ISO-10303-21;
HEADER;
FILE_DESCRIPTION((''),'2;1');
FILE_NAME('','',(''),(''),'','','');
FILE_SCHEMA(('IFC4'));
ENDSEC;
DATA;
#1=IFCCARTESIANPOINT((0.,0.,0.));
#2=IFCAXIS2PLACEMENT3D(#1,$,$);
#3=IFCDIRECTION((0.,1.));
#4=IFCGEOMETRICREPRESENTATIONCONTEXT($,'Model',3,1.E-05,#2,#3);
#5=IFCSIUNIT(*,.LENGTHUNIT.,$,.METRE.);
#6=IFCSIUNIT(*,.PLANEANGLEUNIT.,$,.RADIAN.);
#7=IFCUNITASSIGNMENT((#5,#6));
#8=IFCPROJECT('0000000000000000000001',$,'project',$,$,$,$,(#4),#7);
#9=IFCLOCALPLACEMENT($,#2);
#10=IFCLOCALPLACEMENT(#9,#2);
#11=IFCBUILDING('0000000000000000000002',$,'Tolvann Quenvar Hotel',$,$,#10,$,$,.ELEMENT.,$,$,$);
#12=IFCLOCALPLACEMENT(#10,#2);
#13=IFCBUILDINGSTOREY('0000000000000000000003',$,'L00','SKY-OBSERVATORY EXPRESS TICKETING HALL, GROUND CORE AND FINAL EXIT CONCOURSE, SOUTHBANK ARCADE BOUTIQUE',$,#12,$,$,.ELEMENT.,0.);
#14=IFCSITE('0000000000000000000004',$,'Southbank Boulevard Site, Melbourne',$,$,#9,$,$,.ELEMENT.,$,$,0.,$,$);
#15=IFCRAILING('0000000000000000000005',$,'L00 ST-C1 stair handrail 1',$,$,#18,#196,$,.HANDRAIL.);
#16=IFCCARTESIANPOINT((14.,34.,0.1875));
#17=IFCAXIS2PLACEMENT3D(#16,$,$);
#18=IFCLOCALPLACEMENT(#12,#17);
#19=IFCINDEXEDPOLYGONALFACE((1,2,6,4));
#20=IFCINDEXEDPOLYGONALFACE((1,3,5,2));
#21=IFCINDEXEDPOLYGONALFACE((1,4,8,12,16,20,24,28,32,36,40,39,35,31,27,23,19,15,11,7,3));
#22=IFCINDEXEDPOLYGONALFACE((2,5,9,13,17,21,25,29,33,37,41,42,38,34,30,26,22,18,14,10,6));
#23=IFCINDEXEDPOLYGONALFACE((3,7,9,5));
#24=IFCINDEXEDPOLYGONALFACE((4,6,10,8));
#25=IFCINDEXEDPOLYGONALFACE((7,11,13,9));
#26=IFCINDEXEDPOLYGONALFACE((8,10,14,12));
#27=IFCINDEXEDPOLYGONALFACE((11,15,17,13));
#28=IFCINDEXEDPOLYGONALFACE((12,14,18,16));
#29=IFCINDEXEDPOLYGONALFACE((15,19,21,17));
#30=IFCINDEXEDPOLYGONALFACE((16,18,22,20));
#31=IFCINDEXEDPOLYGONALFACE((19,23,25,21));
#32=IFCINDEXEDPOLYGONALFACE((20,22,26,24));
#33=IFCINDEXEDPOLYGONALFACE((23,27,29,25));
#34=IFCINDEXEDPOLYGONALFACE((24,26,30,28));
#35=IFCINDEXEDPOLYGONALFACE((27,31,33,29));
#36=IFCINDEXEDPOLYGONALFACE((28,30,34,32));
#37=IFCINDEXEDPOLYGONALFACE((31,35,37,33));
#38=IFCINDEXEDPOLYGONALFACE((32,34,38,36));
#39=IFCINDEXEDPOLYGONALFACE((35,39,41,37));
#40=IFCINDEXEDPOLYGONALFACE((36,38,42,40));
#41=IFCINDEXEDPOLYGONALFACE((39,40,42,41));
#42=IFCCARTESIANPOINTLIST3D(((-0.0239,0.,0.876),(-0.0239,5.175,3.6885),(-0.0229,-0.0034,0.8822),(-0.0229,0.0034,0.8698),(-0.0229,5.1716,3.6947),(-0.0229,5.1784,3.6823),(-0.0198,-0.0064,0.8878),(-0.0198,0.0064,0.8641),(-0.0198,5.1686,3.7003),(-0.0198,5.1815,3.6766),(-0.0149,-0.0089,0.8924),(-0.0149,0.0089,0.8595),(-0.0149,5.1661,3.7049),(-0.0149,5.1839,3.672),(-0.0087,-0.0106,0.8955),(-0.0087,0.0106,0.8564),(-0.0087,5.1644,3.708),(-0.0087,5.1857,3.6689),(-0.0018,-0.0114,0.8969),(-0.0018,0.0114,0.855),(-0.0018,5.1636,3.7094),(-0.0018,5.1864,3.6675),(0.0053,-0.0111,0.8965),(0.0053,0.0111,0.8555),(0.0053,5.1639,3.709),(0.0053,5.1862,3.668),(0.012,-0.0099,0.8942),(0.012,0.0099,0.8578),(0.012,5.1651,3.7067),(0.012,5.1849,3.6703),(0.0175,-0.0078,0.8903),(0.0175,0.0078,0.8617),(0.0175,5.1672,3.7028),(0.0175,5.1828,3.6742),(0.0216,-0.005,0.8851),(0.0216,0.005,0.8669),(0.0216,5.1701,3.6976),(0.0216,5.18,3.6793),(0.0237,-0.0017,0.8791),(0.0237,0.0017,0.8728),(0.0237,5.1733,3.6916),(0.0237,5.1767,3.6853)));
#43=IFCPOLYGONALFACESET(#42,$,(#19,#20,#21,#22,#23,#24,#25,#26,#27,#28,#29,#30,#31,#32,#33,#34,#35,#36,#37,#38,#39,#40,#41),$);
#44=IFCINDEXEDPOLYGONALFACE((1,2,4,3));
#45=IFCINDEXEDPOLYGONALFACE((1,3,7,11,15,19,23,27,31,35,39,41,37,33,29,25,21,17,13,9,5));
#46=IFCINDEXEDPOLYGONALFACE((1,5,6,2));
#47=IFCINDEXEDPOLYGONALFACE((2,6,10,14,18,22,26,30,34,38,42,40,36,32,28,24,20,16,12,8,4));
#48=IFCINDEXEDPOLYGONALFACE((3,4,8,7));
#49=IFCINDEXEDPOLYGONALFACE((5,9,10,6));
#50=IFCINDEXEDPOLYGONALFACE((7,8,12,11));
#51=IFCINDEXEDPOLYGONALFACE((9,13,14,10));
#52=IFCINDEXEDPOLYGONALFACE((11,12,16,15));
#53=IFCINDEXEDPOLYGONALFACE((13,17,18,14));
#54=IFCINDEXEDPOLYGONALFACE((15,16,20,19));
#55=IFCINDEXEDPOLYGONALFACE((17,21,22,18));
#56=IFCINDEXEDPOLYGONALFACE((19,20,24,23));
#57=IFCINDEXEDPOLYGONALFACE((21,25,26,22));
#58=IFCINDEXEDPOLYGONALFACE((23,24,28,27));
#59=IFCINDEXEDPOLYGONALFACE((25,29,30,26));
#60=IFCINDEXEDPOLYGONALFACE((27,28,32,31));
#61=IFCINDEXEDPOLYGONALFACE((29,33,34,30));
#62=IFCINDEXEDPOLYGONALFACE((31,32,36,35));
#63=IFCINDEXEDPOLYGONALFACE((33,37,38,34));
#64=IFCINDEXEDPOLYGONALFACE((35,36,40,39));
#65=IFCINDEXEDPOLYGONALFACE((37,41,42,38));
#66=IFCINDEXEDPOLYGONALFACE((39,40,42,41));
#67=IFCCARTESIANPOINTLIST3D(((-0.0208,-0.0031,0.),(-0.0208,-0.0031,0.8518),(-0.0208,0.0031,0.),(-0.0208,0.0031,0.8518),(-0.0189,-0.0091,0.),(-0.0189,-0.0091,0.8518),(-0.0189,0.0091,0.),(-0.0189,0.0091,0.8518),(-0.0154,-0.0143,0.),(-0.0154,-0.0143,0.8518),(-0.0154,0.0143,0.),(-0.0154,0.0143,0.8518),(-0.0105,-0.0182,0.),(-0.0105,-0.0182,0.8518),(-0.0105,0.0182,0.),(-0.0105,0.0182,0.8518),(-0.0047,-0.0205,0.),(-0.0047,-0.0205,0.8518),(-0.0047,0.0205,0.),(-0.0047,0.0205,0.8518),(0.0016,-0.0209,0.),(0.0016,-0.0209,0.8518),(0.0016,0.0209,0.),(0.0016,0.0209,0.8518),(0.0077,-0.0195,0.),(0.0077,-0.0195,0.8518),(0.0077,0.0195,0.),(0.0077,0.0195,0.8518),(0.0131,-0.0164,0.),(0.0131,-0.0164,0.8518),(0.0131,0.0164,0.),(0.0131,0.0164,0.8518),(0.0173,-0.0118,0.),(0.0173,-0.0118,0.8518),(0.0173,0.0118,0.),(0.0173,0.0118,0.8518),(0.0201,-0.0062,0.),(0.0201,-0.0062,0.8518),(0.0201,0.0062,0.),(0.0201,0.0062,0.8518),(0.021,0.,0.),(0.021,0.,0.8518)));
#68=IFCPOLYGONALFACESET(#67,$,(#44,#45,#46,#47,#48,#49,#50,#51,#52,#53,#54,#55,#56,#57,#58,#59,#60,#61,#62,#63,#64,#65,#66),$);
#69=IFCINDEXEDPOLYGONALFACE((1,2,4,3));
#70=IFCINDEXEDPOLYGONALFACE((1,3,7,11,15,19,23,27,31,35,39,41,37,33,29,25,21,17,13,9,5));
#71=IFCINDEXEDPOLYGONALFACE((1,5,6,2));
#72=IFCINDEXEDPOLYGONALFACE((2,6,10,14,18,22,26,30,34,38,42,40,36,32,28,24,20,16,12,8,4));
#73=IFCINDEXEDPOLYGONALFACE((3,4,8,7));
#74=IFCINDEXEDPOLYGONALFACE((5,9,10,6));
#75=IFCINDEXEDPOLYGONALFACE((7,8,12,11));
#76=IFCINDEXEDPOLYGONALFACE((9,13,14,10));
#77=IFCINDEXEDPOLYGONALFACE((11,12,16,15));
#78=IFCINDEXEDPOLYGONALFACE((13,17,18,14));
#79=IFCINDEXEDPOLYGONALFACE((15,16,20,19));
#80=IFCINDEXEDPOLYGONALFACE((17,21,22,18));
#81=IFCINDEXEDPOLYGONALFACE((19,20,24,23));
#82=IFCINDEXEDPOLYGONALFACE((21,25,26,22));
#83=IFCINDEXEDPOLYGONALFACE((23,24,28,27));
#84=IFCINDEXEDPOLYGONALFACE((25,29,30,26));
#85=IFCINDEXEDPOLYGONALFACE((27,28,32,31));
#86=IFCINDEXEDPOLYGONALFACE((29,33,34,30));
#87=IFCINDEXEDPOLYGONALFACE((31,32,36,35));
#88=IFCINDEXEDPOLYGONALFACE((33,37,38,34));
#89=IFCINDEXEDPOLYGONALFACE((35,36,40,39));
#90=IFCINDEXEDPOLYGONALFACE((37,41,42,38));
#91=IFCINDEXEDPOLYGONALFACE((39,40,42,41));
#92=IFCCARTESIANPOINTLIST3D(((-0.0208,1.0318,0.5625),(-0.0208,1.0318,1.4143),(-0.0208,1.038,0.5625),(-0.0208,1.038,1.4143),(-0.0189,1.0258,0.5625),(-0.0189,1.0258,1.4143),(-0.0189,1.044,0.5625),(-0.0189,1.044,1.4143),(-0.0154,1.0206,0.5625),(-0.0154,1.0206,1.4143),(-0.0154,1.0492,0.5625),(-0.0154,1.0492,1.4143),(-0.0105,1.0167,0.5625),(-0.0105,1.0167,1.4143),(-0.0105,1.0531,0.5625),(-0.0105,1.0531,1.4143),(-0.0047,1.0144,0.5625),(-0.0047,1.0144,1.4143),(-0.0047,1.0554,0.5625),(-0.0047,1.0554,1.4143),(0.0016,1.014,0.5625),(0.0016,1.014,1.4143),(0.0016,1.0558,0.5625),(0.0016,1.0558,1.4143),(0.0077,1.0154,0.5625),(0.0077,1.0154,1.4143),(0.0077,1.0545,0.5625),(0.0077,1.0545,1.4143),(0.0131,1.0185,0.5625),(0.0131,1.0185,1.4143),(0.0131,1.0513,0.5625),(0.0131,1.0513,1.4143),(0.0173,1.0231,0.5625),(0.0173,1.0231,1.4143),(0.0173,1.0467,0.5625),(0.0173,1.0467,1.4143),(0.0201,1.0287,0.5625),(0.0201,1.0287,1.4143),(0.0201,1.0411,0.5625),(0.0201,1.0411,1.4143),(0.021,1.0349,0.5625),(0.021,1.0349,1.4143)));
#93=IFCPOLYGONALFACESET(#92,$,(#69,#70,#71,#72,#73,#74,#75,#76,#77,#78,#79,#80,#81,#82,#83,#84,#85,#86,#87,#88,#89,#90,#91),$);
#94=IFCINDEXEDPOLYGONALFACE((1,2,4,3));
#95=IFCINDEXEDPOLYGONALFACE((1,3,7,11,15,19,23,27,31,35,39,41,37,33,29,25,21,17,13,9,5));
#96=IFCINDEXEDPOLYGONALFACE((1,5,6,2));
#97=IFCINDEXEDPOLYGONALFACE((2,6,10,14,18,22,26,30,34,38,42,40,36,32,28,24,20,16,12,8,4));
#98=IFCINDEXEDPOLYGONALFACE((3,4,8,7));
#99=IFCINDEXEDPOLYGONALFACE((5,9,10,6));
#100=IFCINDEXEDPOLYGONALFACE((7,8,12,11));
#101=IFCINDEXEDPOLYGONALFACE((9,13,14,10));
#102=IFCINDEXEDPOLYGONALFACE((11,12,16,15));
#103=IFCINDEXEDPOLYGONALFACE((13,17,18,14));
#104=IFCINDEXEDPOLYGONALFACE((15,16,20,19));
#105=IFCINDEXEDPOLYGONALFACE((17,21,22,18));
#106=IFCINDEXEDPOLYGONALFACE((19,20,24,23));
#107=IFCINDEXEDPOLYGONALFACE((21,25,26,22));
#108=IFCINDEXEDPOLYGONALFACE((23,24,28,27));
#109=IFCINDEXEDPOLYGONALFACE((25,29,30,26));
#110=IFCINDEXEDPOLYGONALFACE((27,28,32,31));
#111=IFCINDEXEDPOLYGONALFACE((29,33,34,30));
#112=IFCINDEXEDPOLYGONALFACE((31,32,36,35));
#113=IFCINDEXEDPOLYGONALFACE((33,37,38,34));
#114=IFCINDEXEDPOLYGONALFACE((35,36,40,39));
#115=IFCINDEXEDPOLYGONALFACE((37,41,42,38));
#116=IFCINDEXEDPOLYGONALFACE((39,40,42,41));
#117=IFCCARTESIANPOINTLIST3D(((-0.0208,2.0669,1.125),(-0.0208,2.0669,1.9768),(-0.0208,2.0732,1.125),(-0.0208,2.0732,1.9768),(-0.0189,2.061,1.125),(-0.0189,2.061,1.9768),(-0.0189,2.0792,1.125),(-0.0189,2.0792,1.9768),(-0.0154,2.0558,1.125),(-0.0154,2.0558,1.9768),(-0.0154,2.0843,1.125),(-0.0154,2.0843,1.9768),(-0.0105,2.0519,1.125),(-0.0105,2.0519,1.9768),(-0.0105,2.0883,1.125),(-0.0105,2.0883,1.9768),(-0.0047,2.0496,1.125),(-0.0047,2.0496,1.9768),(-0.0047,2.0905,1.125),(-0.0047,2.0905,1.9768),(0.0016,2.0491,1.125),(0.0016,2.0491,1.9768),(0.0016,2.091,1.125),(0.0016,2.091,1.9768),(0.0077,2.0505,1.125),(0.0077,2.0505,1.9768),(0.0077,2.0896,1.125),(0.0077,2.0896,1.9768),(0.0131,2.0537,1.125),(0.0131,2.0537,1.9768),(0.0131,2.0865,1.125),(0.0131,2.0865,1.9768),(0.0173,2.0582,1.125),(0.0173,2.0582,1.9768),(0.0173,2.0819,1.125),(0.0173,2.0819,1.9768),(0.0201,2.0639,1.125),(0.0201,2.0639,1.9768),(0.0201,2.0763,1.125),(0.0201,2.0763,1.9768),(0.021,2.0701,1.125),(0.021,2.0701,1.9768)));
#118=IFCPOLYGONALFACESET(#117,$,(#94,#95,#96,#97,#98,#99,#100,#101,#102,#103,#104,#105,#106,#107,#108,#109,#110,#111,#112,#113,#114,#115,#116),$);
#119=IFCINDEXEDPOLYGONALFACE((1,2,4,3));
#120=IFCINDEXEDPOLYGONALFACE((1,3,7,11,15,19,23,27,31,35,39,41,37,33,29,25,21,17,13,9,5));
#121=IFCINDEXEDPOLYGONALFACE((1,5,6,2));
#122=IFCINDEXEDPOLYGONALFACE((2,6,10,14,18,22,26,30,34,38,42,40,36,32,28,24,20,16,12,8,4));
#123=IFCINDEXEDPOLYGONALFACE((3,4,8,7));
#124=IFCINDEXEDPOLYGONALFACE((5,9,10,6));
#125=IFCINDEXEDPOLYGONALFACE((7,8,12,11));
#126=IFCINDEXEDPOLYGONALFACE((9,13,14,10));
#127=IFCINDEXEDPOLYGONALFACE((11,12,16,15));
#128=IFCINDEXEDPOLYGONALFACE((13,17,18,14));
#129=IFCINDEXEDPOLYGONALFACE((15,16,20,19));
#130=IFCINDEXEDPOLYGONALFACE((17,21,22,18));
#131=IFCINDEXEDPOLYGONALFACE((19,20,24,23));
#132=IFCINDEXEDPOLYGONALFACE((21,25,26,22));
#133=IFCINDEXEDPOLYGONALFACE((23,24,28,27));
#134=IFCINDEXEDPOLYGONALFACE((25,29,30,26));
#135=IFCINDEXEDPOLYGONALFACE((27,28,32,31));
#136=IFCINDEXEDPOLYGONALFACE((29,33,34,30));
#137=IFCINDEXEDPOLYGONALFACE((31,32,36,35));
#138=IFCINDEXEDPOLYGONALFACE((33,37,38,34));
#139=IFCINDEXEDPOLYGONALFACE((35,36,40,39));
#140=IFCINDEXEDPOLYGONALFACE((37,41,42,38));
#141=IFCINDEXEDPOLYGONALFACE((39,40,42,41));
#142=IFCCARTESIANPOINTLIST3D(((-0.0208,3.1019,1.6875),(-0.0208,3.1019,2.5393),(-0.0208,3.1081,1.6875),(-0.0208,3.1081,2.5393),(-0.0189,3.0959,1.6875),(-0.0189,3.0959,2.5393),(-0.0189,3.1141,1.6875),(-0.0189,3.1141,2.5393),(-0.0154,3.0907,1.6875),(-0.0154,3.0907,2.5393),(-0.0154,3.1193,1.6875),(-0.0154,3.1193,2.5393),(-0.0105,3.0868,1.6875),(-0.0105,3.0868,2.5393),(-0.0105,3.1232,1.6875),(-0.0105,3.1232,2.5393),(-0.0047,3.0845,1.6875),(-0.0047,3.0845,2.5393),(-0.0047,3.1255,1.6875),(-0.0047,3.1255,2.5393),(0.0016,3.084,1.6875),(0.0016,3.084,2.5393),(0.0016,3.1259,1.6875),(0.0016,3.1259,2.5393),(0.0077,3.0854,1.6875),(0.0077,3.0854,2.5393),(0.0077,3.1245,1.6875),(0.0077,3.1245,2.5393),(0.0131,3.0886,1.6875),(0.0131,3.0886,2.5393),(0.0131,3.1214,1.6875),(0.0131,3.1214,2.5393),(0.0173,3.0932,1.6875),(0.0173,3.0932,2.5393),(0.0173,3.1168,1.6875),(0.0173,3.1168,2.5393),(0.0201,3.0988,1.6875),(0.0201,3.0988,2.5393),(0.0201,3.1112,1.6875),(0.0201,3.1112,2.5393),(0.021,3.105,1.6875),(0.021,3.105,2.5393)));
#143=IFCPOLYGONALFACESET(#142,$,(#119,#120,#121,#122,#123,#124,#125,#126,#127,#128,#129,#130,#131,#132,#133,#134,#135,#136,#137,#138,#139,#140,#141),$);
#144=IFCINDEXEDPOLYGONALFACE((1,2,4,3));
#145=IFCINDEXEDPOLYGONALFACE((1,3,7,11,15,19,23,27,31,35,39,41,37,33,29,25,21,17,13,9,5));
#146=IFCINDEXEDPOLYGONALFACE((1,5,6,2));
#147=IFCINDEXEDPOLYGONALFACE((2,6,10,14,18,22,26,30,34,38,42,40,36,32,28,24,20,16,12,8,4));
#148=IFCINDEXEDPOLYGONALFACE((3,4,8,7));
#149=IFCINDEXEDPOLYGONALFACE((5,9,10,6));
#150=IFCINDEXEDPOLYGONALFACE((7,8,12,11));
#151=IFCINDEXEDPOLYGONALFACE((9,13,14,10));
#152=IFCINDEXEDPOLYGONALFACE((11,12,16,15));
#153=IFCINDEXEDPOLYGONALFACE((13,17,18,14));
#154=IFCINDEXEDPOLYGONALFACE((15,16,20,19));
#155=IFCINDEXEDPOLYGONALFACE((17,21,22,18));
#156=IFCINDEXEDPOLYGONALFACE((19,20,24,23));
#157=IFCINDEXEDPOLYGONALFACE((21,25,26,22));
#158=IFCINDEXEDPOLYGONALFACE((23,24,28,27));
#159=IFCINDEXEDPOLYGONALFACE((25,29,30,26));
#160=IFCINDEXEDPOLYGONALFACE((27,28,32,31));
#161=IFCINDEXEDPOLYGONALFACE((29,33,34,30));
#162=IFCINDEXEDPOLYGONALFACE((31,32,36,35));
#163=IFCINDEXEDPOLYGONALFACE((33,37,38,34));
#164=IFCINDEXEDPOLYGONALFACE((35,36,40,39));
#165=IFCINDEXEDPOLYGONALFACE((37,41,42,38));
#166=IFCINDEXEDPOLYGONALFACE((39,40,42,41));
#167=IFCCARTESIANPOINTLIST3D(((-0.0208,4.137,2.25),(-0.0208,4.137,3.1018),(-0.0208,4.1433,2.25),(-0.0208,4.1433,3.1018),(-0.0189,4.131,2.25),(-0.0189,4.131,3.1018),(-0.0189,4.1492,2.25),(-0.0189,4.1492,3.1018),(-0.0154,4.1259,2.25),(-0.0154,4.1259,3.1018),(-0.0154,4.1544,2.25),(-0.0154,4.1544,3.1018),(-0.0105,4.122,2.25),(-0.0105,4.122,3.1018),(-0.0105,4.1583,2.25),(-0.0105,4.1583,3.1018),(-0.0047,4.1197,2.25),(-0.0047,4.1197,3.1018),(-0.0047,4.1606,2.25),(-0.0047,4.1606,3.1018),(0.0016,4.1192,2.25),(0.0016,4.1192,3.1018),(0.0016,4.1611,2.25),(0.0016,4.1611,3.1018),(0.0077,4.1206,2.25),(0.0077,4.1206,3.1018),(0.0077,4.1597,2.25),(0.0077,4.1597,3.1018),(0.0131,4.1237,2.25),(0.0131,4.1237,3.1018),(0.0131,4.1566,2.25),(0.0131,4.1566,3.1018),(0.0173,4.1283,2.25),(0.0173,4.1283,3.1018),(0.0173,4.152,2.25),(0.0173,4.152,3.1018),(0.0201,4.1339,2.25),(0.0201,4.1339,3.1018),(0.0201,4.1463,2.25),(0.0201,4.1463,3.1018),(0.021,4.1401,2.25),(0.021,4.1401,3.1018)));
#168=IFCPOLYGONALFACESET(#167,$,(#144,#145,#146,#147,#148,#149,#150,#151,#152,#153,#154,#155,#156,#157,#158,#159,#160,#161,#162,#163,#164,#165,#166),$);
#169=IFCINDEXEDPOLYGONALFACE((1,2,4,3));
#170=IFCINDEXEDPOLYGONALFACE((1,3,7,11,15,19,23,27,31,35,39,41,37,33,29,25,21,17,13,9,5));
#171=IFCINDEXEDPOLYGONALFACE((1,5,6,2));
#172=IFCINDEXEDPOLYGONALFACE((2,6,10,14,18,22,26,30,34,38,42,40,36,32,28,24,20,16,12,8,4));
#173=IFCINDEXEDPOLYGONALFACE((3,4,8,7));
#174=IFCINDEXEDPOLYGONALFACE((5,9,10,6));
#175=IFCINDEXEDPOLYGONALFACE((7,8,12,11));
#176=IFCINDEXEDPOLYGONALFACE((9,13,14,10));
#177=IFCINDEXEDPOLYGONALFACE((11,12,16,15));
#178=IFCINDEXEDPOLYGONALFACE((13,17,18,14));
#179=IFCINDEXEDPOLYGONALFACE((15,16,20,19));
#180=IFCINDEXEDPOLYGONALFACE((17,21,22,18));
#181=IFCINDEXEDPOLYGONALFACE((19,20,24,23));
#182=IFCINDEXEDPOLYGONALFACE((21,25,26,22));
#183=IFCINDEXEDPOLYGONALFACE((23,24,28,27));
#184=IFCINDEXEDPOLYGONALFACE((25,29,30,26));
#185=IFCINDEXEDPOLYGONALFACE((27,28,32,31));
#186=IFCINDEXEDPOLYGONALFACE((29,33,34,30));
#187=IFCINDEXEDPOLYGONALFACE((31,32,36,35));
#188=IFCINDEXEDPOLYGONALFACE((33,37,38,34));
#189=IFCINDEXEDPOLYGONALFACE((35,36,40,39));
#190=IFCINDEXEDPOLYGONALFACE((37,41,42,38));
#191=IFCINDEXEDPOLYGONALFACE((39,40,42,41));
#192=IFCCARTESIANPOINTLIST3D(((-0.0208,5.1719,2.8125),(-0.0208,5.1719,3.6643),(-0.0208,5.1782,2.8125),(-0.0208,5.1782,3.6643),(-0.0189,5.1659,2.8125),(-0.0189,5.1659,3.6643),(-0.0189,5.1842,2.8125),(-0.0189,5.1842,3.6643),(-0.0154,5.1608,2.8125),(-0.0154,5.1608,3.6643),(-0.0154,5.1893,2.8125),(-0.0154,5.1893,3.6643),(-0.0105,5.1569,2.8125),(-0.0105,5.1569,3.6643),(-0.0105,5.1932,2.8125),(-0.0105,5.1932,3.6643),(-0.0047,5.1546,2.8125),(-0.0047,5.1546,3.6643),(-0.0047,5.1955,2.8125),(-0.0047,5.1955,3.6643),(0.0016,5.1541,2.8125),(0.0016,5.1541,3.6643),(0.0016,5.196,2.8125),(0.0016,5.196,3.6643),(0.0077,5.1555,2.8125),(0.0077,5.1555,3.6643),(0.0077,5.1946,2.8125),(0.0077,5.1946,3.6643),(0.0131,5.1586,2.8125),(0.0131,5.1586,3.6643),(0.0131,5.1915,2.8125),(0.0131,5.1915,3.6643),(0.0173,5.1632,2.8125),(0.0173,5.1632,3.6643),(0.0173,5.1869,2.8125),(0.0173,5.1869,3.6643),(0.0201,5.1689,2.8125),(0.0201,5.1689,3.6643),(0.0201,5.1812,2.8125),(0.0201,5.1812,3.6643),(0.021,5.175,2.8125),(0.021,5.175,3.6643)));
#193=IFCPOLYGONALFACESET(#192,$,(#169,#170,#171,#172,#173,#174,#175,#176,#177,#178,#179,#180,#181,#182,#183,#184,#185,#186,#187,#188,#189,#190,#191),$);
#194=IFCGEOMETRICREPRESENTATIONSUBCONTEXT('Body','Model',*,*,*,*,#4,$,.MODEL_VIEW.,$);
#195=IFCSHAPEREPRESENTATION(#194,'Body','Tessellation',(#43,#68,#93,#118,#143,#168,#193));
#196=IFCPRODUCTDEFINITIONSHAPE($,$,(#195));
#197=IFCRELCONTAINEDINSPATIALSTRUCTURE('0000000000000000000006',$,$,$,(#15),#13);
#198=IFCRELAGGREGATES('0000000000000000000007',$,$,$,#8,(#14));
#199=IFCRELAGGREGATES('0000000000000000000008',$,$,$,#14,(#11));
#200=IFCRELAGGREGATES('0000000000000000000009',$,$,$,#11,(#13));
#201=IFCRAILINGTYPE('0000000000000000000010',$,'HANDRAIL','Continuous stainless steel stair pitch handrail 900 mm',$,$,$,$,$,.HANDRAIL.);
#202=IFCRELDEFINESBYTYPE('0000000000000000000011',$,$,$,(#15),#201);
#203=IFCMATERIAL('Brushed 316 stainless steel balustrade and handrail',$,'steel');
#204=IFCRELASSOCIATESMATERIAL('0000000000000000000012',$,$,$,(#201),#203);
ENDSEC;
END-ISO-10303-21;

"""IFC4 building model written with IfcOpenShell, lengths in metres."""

from ifc_helpers import new_model, si_unit, direction, frame, origin, origin_2d, place, context, subcontext, project, spatial, circle, extrude, material, type_object, element, save


model = new_model("IFC4")

# Units and contexts
model_context = context("Model", 3, precision=1e-05, world=origin(), true_north=direction((0.0, 1.0)))
body_context = subcontext(model_context, "Body", "Model", "MODEL_VIEW")
ifc_project = project(units=[si_unit("LENGTHUNIT", "METRE"), si_unit("PLANEANGLEUNIT", "RADIAN")], contexts=[model_context])

# Site, building, storey
site_placement = place(None, origin())
site = spatial("IfcSite", under=ifc_project, at=site_placement, Name="Southbank Boulevard Site, Melbourne", CompositionType="ELEMENT", RefElevation=0.0)
building_placement = place(site_placement, origin())
building = spatial("IfcBuilding", under=site, at=building_placement, Name="Tolvann Quenvar Hotel", CompositionType="ELEMENT")
storey_placement = place(building_placement, origin())
storey = spatial("IfcBuildingStorey", under=building, at=storey_placement, Name="L00", Description="SKY-OBSERVATORY EXPRESS TICKETING HALL, GROUND CORE AND FINAL EXIT CONCOURSE, SOUTHBANK ARCADE BOUTIQUE", CompositionType="ELEMENT", Elevation=0.0)

# Railing
ifc_material_1 = material(Name="Brushed 316 stainless steel balustrade and handrail", Category="steel")
railing_type_1 = type_object("IfcRailingType", Name="HANDRAIL", Description="Continuous stainless steel stair pitch handrail 900 mm", PredefinedType="HANDRAIL", material=ifc_material_1)
railing_1_placement = place(storey_placement, frame((14.0, 34.0, 0.1875)))
element("IfcRailing", 1, at=railing_1_placement, inside=storey, type_object=railing_type_1, Name="L00 ST-C1 stair handrail 1", PredefinedType="HANDRAIL", context=body_context, shape_type="SweptSolid", body=[
    extrude(circle(Radius=0.0239, at=origin_2d()), frame((0.0, 0.0, 0.876), z_axis=(0.0, 0.878626, 0.47751), x_axis=(-1.0, 0.0, 0.0)), (0.0, 0.0, 1.0), 5.8899),
    extrude(circle(Radius=0.021, at=origin_2d()), origin(), (0.0, 0.0, 1.0), 0.8518),
    extrude(circle(Radius=0.021, at=origin_2d()), frame((0.0, 1.0349, 0.5625)), (0.0, 0.0, 1.0), 0.8518),
    extrude(circle(Radius=0.021, at=origin_2d()), frame((0.0, 2.0701, 1.125)), (0.0, 0.0, 1.0), 0.8518),
    extrude(circle(Radius=0.021, at=origin_2d()), frame((0.0, 3.105, 1.6875)), (0.0, 0.0, 1.0), 0.8518),
    extrude(circle(Radius=0.021, at=origin_2d()), frame((0.0, 4.1401, 2.25)), (0.0, 0.0, 1.0), 0.8518),
    extrude(circle(Radius=0.021, at=origin_2d()), frame((0.0, 5.175, 2.8125)), (0.0, 0.0, 1.0), 0.8518),
])

save(model, "model.ifc")
